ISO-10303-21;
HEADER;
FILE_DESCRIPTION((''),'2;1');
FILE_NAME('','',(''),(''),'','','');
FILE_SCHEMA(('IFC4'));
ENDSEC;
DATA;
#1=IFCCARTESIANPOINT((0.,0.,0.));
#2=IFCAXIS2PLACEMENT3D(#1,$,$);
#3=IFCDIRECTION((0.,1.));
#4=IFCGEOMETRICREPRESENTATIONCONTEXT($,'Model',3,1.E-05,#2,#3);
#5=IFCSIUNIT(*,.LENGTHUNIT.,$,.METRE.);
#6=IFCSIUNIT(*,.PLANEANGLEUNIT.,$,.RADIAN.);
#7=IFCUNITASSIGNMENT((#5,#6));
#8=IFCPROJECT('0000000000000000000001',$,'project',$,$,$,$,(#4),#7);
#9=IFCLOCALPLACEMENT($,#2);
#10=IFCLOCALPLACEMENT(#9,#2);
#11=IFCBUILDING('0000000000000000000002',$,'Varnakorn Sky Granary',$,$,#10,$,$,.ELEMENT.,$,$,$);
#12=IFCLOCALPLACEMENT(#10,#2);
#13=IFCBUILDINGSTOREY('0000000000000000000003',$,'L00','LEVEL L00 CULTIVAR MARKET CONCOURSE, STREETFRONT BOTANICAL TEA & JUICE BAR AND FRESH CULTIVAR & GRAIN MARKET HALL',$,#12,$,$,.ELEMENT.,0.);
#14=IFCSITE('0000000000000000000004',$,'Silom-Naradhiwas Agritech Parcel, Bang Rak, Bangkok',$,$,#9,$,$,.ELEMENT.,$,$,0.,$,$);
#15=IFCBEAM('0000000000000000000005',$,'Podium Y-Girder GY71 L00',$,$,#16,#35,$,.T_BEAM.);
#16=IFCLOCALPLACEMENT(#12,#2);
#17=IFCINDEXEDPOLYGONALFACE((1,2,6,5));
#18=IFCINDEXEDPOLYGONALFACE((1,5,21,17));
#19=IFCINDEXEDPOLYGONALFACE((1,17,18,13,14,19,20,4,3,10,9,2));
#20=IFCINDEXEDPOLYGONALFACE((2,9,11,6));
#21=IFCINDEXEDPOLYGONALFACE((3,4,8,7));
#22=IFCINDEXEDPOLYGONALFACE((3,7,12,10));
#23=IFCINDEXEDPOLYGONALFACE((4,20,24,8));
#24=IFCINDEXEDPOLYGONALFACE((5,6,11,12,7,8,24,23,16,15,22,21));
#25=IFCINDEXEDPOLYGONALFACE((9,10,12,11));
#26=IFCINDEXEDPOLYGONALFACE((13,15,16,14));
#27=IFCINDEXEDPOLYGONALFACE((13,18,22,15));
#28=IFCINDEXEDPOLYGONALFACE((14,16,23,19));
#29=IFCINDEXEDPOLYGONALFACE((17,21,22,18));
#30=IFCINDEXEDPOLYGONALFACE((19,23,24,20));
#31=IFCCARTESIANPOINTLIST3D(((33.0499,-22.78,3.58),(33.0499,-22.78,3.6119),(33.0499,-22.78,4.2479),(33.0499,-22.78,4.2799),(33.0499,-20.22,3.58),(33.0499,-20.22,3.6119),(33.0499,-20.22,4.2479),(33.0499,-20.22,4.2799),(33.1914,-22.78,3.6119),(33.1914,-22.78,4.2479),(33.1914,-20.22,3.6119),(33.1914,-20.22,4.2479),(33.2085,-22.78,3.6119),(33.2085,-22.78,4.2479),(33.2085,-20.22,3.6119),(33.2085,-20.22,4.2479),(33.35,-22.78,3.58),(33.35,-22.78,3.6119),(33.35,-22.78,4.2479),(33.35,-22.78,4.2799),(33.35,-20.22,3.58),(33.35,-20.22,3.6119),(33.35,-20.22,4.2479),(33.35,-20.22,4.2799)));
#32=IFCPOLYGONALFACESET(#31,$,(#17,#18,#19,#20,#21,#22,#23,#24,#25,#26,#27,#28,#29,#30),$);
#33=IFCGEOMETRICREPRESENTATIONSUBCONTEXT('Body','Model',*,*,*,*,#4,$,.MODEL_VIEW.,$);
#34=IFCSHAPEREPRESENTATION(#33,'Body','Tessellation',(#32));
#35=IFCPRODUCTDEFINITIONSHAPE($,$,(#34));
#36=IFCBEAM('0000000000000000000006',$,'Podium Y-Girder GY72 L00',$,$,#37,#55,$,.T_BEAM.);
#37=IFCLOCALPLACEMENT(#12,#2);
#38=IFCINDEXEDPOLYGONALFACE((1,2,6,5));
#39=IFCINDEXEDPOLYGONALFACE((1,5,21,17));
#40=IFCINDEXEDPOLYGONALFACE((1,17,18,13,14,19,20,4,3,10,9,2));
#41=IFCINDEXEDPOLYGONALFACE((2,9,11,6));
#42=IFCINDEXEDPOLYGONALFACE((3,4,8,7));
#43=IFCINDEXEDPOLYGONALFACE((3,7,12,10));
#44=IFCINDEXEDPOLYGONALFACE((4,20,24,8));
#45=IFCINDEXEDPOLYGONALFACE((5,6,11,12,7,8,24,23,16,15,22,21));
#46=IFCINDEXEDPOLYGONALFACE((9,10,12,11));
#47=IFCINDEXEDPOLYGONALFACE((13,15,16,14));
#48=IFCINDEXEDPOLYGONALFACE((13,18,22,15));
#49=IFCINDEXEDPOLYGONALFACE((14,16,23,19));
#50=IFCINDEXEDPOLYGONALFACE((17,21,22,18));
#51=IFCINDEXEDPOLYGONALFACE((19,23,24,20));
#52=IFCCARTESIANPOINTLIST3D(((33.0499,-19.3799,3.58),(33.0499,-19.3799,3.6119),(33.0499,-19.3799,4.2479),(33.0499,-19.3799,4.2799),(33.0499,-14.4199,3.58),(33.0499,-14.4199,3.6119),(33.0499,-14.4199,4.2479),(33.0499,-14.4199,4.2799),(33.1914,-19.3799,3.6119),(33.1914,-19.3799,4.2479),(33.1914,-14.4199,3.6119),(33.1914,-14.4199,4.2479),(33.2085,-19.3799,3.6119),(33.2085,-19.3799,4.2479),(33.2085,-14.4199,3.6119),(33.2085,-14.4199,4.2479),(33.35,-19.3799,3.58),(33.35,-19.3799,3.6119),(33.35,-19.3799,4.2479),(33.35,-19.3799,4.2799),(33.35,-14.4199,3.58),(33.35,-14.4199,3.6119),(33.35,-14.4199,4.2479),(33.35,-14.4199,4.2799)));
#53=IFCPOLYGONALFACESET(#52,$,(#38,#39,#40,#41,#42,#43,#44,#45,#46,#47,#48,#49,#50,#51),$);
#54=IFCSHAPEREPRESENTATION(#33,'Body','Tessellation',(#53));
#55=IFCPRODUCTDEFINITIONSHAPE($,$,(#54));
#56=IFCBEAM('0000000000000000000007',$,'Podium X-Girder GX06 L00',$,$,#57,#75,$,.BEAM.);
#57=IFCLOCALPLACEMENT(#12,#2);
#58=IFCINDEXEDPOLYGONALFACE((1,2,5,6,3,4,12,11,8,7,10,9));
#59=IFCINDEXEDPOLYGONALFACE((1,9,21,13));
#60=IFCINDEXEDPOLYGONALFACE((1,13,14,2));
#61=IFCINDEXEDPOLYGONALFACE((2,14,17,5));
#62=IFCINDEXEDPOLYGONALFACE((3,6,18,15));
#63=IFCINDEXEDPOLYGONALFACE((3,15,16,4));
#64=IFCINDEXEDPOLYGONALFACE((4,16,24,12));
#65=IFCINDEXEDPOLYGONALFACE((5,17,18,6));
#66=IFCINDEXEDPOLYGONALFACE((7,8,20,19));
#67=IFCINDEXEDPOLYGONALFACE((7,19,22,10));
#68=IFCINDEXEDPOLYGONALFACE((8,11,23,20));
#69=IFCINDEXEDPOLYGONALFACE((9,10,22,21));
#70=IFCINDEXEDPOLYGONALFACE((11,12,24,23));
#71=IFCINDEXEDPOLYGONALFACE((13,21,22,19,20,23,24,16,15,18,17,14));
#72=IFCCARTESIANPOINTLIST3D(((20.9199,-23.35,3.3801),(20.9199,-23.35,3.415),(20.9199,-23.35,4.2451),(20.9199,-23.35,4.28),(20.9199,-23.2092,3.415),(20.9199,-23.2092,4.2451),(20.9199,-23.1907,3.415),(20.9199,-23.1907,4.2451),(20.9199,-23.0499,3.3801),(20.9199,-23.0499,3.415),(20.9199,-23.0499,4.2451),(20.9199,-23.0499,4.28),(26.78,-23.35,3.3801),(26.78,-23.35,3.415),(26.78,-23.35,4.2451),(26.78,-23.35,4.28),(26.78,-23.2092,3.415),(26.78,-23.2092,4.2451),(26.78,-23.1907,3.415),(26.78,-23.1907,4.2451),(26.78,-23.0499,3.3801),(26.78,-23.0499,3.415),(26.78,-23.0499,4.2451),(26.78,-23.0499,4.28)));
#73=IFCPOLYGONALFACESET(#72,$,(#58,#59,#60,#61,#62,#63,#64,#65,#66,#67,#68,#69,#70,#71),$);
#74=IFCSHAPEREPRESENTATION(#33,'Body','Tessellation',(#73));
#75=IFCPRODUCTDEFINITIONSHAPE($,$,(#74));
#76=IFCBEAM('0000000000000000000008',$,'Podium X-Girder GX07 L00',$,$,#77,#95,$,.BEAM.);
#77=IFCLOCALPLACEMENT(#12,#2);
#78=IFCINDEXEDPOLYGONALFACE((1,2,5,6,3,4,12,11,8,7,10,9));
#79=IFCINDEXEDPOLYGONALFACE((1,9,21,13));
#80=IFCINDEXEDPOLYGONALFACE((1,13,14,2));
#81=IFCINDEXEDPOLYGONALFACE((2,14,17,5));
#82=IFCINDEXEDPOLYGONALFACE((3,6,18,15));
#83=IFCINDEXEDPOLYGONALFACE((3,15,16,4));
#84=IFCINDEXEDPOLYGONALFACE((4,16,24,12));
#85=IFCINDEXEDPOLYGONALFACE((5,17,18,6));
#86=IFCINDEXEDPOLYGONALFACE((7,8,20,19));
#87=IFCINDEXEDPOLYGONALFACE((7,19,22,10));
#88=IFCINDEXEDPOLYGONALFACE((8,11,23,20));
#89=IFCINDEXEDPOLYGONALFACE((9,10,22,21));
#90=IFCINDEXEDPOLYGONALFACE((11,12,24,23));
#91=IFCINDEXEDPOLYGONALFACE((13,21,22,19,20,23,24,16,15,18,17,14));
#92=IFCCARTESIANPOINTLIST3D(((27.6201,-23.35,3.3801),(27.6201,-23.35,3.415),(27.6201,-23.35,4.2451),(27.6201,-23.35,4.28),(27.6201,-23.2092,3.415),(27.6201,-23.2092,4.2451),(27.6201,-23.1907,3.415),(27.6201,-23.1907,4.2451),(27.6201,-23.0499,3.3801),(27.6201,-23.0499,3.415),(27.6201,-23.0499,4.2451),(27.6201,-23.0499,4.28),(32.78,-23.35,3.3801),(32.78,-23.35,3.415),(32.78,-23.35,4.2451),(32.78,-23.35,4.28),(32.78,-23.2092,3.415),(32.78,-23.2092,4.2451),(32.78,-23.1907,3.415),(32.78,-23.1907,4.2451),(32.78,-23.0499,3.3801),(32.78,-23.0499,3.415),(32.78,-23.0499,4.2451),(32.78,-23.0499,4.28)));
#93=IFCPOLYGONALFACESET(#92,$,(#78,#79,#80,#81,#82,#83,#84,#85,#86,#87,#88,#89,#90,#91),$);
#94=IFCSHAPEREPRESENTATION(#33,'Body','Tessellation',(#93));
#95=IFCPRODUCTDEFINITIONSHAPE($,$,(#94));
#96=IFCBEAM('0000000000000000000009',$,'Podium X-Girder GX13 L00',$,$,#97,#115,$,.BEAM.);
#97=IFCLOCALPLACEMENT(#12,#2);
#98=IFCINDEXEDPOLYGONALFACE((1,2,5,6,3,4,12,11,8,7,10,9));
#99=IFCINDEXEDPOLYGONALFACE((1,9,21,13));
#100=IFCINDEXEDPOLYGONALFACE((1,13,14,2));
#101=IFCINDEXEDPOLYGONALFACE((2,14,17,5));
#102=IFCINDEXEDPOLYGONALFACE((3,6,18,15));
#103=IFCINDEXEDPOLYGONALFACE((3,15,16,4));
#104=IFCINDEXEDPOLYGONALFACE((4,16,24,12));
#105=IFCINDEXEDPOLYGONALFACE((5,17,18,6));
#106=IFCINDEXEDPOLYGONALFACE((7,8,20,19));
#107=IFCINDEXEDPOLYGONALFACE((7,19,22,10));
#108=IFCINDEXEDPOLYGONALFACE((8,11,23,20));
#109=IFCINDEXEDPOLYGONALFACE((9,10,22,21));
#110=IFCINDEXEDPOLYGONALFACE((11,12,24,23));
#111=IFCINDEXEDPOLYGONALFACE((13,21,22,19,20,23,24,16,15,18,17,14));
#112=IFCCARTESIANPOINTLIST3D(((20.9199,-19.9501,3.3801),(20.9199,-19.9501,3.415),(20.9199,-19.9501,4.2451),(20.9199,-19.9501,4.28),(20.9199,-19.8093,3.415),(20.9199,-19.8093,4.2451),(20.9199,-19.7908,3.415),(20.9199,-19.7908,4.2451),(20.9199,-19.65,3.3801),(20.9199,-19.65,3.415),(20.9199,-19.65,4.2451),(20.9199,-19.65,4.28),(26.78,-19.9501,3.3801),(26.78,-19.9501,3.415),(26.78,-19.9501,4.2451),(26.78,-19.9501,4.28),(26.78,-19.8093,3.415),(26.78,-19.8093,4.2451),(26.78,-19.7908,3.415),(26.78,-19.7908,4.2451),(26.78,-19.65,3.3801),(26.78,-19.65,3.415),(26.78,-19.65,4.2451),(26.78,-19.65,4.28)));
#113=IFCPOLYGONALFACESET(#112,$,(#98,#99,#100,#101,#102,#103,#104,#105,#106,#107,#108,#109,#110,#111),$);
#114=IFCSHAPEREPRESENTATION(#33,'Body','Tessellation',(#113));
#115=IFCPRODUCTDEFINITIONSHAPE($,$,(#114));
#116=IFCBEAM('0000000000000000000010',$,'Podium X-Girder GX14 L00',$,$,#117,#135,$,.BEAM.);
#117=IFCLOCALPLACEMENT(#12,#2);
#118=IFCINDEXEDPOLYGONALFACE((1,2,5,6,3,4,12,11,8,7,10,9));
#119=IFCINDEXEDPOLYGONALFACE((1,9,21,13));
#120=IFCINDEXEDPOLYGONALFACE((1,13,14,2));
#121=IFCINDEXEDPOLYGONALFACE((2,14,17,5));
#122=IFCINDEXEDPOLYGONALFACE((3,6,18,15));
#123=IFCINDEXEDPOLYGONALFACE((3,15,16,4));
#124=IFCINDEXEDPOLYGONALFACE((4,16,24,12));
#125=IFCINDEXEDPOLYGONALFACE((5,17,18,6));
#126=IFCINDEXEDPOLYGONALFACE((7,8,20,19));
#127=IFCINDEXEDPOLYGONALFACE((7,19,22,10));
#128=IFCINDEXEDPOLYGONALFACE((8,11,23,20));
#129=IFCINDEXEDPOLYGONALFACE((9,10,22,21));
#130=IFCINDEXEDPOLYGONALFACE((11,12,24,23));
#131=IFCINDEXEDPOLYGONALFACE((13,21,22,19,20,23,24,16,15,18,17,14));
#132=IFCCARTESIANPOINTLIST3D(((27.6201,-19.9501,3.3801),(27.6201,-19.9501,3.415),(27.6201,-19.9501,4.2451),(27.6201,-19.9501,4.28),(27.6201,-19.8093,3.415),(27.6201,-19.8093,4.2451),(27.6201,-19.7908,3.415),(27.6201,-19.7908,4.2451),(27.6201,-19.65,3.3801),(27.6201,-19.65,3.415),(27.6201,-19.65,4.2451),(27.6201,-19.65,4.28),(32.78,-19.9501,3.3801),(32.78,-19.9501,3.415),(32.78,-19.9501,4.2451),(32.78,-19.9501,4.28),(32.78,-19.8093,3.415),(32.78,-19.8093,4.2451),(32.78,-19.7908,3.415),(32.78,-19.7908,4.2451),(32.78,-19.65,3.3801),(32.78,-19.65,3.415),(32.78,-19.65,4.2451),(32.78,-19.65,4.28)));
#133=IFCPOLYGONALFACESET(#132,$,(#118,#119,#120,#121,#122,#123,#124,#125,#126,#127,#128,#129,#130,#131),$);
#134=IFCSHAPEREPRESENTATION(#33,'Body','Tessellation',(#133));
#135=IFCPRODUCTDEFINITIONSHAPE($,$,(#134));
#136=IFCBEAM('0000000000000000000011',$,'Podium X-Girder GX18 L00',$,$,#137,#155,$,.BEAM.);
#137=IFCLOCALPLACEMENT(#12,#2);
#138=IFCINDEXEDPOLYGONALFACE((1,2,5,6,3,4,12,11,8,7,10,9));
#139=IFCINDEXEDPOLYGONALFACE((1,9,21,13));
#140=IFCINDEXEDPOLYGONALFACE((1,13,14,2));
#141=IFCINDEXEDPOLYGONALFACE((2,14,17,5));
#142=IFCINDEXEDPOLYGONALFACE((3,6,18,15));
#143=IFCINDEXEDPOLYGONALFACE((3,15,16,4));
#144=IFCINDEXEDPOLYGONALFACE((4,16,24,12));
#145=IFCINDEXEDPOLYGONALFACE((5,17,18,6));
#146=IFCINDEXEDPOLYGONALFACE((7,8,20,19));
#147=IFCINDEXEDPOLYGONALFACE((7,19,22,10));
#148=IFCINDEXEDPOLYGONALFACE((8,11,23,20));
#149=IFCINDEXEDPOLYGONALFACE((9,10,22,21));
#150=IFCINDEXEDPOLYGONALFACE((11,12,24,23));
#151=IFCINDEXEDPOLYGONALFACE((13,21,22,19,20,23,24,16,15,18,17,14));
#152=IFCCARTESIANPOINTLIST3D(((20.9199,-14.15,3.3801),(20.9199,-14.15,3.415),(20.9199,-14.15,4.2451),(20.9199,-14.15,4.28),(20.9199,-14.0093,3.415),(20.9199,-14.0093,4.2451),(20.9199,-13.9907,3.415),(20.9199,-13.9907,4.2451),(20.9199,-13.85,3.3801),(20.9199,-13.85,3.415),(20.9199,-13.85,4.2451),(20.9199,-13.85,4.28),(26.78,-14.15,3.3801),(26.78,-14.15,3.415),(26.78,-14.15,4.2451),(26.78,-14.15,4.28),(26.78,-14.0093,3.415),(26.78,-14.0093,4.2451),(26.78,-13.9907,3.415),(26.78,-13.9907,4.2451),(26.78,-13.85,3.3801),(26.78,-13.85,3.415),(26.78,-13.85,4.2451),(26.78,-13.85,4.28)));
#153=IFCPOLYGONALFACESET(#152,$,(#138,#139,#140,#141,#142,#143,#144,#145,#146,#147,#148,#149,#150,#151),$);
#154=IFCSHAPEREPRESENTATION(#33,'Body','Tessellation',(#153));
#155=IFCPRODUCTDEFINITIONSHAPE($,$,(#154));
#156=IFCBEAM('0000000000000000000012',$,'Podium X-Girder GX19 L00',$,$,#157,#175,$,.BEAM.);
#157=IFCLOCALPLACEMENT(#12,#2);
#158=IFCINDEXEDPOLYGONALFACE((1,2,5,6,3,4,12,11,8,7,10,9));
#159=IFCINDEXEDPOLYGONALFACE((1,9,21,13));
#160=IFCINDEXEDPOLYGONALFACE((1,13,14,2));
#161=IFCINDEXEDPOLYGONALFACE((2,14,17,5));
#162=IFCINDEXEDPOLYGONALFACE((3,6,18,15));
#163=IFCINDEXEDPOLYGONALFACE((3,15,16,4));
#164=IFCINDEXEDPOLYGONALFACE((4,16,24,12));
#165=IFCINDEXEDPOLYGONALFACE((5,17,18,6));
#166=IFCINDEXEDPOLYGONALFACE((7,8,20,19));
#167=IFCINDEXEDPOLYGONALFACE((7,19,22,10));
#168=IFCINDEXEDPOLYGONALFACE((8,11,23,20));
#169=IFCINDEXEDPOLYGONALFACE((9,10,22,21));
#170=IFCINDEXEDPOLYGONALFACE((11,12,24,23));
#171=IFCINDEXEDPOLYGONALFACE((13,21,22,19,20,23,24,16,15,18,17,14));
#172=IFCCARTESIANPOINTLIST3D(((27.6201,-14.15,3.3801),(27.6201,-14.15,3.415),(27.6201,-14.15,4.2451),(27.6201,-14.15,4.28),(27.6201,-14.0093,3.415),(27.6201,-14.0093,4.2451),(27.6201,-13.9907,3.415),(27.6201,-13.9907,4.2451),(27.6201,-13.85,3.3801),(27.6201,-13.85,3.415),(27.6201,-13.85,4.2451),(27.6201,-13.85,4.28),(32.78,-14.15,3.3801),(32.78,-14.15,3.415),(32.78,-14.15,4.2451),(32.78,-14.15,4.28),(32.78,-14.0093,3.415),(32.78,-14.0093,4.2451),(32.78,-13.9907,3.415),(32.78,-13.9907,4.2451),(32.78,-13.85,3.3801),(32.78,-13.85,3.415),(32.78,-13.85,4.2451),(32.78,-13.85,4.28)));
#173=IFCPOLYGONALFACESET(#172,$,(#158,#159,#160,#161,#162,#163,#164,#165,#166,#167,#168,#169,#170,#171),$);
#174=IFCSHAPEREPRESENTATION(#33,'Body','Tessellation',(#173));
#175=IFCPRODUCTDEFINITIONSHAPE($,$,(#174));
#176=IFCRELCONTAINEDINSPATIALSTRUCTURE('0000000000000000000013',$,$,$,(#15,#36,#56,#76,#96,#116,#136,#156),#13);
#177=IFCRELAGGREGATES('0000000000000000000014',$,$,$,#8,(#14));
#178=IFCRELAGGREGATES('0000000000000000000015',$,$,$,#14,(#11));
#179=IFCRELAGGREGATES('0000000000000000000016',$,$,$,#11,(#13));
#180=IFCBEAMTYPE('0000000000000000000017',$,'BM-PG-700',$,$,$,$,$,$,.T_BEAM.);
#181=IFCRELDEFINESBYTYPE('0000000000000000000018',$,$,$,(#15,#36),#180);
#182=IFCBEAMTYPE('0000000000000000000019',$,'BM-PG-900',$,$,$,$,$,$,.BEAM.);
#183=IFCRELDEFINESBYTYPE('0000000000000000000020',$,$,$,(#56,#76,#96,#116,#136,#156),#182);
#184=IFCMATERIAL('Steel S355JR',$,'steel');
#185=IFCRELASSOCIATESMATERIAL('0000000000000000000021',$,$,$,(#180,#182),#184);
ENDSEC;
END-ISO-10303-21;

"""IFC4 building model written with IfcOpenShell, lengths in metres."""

from ifc_helpers import new_model, si_unit, direction, frame, origin, origin_2d, place, context, subcontext, project, spatial, i_section, extrude, material, material_profile, profile_set, type_object, element, save


model = new_model("IFC4")

# Units and contexts
model_context = context("Model", 3, precision=1e-05, world=origin(), true_north=direction((0.0, 1.0)))
body_context = subcontext(model_context, "Body", "Model", "MODEL_VIEW")
ifc_project = project(units=[si_unit("LENGTHUNIT", "METRE"), si_unit("PLANEANGLEUNIT", "RADIAN")], contexts=[model_context])

# Site, building, storey
site_placement = place(None, origin())
site = spatial("IfcSite", under=ifc_project, at=site_placement, Name="Silom-Naradhiwas Agritech Parcel, Bang Rak, Bangkok", CompositionType="ELEMENT", RefElevation=0.0)
building_placement = place(site_placement, origin())
building = spatial("IfcBuilding", under=site, at=building_placement, Name="Varnakorn Sky Granary", CompositionType="ELEMENT")
storey_placement = place(building_placement, origin())
storey = spatial("IfcBuildingStorey", under=building, at=storey_placement, Name="L00", Description="LEVEL L00 CULTIVAR MARKET CONCOURSE, STREETFRONT BOTANICAL TEA & JUICE BAR AND FRESH CULTIVAR & GRAIN MARKET HALL", CompositionType="ELEMENT", Elevation=0.0)

# Beams
ifc_material_1 = material(Name="Steel S355JR", Category="steel")
ifc_material_profile_1 = material_profile(ifc_material_1, i_section(OverallWidth=0.3, OverallDepth=0.7, WebThickness=0.0171, FlangeThickness=0.032, at=origin_2d()), Name="HE 700 B")
ifc_profile_set_1 = profile_set([ifc_material_profile_1], Name="Steel S355JR")
beam_type_1 = type_object("IfcBeamType", Name="BM-PG-700", PredefinedType="T_BEAM", material=ifc_profile_set_1)
beam_1_placement = place(storey_placement, frame((33.2, -22.78, 3.9299), z_axis=(0.0, 1.0, 0.0), x_axis=(-1.0, 0.0, 0.0)))
element("IfcBeam", 1, at=beam_1_placement, inside=storey, type_object=beam_type_1, Name="Podium Y-Girder GY71 L00", PredefinedType="T_BEAM", context=body_context, shape_type="SweptSolid", body=[
    extrude(i_section(OverallWidth=0.3, OverallDepth=0.7, WebThickness=0.0171, FlangeThickness=0.032, at=origin_2d()), origin(), (0.0, 0.0, 1.0), 2.5601),
])
beam_2_placement = place(storey_placement, frame((33.2, -19.3799, 3.9299), z_axis=(0.0, 1.0, 0.0), x_axis=(-1.0, 0.0, 0.0)))
element("IfcBeam", 2, at=beam_2_placement, inside=storey, type_object=beam_type_1, Name="Podium Y-Girder GY72 L00", PredefinedType="T_BEAM", context=body_context, shape_type="SweptSolid", body=[
    extrude(i_section(OverallWidth=0.3, OverallDepth=0.7, WebThickness=0.0171, FlangeThickness=0.032, at=origin_2d()), origin(), (0.0, 0.0, 1.0), 4.96),
])
ifc_material_profile_2 = material_profile(ifc_material_1, i_section(OverallWidth=0.3, OverallDepth=0.8999, WebThickness=0.0186, FlangeThickness=0.0349, at=origin_2d()), Name="HE 900 B")
ifc_profile_set_2 = profile_set([ifc_material_profile_2], Name="Steel S355JR")
beam_type_2 = type_object("IfcBeamType", Name="BM-PG-900", PredefinedType="BEAM", material=ifc_profile_set_2)
beam_3_placement = place(storey_placement, frame((20.9199, -23.2, 3.8301), z_axis=(1.0, 0.0, 0.0), x_axis=(0.0, 1.0, 0.0)))
element("IfcBeam", 3, at=beam_3_placement, inside=storey, type_object=beam_type_2, Name="Podium X-Girder GX06 L00", PredefinedType="BEAM", context=body_context, shape_type="SweptSolid", body=[
    extrude(i_section(OverallWidth=0.3, OverallDepth=0.8999, WebThickness=0.0186, FlangeThickness=0.0349, at=origin_2d()), origin(), (0.0, 0.0, 1.0), 5.8601),
])
beam_4_placement = place(storey_placement, frame((27.6201, -23.2, 3.8301), z_axis=(1.0, 0.0, 0.0), x_axis=(0.0, 1.0, 0.0)))
element("IfcBeam", 4, at=beam_4_placement, inside=storey, type_object=beam_type_2, Name="Podium X-Girder GX07 L00", PredefinedType="BEAM", context=body_context, shape_type="SweptSolid", body=[
    extrude(i_section(OverallWidth=0.3, OverallDepth=0.8999, WebThickness=0.0186, FlangeThickness=0.0349, at=origin_2d()), origin(), (0.0, 0.0, 1.0), 5.1599),
])
beam_5_placement = place(storey_placement, frame((20.9199, -19.8, 3.8301), z_axis=(1.0, 0.0, 0.0), x_axis=(0.0, 1.0, 0.0)))
element("IfcBeam", 5, at=beam_5_placement, inside=storey, type_object=beam_type_2, Name="Podium X-Girder GX13 L00", PredefinedType="BEAM", context=body_context, shape_type="SweptSolid", body=[
    extrude(i_section(OverallWidth=0.3, OverallDepth=0.8999, WebThickness=0.0186, FlangeThickness=0.0349, at=origin_2d()), origin(), (0.0, 0.0, 1.0), 5.8601),
])
beam_6_placement = place(storey_placement, frame((27.6201, -19.8, 3.8301), z_axis=(1.0, 0.0, 0.0), x_axis=(0.0, 1.0, 0.0)))
element("IfcBeam", 6, at=beam_6_placement, inside=storey, type_object=beam_type_2, Name="Podium X-Girder GX14 L00", PredefinedType="BEAM", context=body_context, shape_type="SweptSolid", body=[
    extrude(i_section(OverallWidth=0.3, OverallDepth=0.8999, WebThickness=0.0186, FlangeThickness=0.0349, at=origin_2d()), origin(), (0.0, 0.0, 1.0), 5.1599),
])
beam_7_placement = place(storey_placement, frame((20.9199, -14.0, 3.8301), z_axis=(1.0, 0.0, 0.0), x_axis=(0.0, 1.0, 0.0)))
element("IfcBeam", 7, at=beam_7_placement, inside=storey, type_object=beam_type_2, Name="Podium X-Girder GX18 L00", PredefinedType="BEAM", context=body_context, shape_type="SweptSolid", body=[
    extrude(i_section(OverallWidth=0.3, OverallDepth=0.8999, WebThickness=0.0186, FlangeThickness=0.0349, at=origin_2d()), origin(), (0.0, 0.0, 1.0), 5.8601),
])
beam_8_placement = place(storey_placement, frame((27.6201, -14.0, 3.8301), z_axis=(1.0, 0.0, 0.0), x_axis=(0.0, 1.0, 0.0)))
element("IfcBeam", 8, at=beam_8_placement, inside=storey, type_object=beam_type_2, Name="Podium X-Girder GX19 L00", PredefinedType="BEAM", context=body_context, shape_type="SweptSolid", body=[
    extrude(i_section(OverallWidth=0.3, OverallDepth=0.8999, WebThickness=0.0186, FlangeThickness=0.0349, at=origin_2d()), origin(), (0.0, 0.0, 1.0), 5.1599),
])

save(model, "model.ifc")
